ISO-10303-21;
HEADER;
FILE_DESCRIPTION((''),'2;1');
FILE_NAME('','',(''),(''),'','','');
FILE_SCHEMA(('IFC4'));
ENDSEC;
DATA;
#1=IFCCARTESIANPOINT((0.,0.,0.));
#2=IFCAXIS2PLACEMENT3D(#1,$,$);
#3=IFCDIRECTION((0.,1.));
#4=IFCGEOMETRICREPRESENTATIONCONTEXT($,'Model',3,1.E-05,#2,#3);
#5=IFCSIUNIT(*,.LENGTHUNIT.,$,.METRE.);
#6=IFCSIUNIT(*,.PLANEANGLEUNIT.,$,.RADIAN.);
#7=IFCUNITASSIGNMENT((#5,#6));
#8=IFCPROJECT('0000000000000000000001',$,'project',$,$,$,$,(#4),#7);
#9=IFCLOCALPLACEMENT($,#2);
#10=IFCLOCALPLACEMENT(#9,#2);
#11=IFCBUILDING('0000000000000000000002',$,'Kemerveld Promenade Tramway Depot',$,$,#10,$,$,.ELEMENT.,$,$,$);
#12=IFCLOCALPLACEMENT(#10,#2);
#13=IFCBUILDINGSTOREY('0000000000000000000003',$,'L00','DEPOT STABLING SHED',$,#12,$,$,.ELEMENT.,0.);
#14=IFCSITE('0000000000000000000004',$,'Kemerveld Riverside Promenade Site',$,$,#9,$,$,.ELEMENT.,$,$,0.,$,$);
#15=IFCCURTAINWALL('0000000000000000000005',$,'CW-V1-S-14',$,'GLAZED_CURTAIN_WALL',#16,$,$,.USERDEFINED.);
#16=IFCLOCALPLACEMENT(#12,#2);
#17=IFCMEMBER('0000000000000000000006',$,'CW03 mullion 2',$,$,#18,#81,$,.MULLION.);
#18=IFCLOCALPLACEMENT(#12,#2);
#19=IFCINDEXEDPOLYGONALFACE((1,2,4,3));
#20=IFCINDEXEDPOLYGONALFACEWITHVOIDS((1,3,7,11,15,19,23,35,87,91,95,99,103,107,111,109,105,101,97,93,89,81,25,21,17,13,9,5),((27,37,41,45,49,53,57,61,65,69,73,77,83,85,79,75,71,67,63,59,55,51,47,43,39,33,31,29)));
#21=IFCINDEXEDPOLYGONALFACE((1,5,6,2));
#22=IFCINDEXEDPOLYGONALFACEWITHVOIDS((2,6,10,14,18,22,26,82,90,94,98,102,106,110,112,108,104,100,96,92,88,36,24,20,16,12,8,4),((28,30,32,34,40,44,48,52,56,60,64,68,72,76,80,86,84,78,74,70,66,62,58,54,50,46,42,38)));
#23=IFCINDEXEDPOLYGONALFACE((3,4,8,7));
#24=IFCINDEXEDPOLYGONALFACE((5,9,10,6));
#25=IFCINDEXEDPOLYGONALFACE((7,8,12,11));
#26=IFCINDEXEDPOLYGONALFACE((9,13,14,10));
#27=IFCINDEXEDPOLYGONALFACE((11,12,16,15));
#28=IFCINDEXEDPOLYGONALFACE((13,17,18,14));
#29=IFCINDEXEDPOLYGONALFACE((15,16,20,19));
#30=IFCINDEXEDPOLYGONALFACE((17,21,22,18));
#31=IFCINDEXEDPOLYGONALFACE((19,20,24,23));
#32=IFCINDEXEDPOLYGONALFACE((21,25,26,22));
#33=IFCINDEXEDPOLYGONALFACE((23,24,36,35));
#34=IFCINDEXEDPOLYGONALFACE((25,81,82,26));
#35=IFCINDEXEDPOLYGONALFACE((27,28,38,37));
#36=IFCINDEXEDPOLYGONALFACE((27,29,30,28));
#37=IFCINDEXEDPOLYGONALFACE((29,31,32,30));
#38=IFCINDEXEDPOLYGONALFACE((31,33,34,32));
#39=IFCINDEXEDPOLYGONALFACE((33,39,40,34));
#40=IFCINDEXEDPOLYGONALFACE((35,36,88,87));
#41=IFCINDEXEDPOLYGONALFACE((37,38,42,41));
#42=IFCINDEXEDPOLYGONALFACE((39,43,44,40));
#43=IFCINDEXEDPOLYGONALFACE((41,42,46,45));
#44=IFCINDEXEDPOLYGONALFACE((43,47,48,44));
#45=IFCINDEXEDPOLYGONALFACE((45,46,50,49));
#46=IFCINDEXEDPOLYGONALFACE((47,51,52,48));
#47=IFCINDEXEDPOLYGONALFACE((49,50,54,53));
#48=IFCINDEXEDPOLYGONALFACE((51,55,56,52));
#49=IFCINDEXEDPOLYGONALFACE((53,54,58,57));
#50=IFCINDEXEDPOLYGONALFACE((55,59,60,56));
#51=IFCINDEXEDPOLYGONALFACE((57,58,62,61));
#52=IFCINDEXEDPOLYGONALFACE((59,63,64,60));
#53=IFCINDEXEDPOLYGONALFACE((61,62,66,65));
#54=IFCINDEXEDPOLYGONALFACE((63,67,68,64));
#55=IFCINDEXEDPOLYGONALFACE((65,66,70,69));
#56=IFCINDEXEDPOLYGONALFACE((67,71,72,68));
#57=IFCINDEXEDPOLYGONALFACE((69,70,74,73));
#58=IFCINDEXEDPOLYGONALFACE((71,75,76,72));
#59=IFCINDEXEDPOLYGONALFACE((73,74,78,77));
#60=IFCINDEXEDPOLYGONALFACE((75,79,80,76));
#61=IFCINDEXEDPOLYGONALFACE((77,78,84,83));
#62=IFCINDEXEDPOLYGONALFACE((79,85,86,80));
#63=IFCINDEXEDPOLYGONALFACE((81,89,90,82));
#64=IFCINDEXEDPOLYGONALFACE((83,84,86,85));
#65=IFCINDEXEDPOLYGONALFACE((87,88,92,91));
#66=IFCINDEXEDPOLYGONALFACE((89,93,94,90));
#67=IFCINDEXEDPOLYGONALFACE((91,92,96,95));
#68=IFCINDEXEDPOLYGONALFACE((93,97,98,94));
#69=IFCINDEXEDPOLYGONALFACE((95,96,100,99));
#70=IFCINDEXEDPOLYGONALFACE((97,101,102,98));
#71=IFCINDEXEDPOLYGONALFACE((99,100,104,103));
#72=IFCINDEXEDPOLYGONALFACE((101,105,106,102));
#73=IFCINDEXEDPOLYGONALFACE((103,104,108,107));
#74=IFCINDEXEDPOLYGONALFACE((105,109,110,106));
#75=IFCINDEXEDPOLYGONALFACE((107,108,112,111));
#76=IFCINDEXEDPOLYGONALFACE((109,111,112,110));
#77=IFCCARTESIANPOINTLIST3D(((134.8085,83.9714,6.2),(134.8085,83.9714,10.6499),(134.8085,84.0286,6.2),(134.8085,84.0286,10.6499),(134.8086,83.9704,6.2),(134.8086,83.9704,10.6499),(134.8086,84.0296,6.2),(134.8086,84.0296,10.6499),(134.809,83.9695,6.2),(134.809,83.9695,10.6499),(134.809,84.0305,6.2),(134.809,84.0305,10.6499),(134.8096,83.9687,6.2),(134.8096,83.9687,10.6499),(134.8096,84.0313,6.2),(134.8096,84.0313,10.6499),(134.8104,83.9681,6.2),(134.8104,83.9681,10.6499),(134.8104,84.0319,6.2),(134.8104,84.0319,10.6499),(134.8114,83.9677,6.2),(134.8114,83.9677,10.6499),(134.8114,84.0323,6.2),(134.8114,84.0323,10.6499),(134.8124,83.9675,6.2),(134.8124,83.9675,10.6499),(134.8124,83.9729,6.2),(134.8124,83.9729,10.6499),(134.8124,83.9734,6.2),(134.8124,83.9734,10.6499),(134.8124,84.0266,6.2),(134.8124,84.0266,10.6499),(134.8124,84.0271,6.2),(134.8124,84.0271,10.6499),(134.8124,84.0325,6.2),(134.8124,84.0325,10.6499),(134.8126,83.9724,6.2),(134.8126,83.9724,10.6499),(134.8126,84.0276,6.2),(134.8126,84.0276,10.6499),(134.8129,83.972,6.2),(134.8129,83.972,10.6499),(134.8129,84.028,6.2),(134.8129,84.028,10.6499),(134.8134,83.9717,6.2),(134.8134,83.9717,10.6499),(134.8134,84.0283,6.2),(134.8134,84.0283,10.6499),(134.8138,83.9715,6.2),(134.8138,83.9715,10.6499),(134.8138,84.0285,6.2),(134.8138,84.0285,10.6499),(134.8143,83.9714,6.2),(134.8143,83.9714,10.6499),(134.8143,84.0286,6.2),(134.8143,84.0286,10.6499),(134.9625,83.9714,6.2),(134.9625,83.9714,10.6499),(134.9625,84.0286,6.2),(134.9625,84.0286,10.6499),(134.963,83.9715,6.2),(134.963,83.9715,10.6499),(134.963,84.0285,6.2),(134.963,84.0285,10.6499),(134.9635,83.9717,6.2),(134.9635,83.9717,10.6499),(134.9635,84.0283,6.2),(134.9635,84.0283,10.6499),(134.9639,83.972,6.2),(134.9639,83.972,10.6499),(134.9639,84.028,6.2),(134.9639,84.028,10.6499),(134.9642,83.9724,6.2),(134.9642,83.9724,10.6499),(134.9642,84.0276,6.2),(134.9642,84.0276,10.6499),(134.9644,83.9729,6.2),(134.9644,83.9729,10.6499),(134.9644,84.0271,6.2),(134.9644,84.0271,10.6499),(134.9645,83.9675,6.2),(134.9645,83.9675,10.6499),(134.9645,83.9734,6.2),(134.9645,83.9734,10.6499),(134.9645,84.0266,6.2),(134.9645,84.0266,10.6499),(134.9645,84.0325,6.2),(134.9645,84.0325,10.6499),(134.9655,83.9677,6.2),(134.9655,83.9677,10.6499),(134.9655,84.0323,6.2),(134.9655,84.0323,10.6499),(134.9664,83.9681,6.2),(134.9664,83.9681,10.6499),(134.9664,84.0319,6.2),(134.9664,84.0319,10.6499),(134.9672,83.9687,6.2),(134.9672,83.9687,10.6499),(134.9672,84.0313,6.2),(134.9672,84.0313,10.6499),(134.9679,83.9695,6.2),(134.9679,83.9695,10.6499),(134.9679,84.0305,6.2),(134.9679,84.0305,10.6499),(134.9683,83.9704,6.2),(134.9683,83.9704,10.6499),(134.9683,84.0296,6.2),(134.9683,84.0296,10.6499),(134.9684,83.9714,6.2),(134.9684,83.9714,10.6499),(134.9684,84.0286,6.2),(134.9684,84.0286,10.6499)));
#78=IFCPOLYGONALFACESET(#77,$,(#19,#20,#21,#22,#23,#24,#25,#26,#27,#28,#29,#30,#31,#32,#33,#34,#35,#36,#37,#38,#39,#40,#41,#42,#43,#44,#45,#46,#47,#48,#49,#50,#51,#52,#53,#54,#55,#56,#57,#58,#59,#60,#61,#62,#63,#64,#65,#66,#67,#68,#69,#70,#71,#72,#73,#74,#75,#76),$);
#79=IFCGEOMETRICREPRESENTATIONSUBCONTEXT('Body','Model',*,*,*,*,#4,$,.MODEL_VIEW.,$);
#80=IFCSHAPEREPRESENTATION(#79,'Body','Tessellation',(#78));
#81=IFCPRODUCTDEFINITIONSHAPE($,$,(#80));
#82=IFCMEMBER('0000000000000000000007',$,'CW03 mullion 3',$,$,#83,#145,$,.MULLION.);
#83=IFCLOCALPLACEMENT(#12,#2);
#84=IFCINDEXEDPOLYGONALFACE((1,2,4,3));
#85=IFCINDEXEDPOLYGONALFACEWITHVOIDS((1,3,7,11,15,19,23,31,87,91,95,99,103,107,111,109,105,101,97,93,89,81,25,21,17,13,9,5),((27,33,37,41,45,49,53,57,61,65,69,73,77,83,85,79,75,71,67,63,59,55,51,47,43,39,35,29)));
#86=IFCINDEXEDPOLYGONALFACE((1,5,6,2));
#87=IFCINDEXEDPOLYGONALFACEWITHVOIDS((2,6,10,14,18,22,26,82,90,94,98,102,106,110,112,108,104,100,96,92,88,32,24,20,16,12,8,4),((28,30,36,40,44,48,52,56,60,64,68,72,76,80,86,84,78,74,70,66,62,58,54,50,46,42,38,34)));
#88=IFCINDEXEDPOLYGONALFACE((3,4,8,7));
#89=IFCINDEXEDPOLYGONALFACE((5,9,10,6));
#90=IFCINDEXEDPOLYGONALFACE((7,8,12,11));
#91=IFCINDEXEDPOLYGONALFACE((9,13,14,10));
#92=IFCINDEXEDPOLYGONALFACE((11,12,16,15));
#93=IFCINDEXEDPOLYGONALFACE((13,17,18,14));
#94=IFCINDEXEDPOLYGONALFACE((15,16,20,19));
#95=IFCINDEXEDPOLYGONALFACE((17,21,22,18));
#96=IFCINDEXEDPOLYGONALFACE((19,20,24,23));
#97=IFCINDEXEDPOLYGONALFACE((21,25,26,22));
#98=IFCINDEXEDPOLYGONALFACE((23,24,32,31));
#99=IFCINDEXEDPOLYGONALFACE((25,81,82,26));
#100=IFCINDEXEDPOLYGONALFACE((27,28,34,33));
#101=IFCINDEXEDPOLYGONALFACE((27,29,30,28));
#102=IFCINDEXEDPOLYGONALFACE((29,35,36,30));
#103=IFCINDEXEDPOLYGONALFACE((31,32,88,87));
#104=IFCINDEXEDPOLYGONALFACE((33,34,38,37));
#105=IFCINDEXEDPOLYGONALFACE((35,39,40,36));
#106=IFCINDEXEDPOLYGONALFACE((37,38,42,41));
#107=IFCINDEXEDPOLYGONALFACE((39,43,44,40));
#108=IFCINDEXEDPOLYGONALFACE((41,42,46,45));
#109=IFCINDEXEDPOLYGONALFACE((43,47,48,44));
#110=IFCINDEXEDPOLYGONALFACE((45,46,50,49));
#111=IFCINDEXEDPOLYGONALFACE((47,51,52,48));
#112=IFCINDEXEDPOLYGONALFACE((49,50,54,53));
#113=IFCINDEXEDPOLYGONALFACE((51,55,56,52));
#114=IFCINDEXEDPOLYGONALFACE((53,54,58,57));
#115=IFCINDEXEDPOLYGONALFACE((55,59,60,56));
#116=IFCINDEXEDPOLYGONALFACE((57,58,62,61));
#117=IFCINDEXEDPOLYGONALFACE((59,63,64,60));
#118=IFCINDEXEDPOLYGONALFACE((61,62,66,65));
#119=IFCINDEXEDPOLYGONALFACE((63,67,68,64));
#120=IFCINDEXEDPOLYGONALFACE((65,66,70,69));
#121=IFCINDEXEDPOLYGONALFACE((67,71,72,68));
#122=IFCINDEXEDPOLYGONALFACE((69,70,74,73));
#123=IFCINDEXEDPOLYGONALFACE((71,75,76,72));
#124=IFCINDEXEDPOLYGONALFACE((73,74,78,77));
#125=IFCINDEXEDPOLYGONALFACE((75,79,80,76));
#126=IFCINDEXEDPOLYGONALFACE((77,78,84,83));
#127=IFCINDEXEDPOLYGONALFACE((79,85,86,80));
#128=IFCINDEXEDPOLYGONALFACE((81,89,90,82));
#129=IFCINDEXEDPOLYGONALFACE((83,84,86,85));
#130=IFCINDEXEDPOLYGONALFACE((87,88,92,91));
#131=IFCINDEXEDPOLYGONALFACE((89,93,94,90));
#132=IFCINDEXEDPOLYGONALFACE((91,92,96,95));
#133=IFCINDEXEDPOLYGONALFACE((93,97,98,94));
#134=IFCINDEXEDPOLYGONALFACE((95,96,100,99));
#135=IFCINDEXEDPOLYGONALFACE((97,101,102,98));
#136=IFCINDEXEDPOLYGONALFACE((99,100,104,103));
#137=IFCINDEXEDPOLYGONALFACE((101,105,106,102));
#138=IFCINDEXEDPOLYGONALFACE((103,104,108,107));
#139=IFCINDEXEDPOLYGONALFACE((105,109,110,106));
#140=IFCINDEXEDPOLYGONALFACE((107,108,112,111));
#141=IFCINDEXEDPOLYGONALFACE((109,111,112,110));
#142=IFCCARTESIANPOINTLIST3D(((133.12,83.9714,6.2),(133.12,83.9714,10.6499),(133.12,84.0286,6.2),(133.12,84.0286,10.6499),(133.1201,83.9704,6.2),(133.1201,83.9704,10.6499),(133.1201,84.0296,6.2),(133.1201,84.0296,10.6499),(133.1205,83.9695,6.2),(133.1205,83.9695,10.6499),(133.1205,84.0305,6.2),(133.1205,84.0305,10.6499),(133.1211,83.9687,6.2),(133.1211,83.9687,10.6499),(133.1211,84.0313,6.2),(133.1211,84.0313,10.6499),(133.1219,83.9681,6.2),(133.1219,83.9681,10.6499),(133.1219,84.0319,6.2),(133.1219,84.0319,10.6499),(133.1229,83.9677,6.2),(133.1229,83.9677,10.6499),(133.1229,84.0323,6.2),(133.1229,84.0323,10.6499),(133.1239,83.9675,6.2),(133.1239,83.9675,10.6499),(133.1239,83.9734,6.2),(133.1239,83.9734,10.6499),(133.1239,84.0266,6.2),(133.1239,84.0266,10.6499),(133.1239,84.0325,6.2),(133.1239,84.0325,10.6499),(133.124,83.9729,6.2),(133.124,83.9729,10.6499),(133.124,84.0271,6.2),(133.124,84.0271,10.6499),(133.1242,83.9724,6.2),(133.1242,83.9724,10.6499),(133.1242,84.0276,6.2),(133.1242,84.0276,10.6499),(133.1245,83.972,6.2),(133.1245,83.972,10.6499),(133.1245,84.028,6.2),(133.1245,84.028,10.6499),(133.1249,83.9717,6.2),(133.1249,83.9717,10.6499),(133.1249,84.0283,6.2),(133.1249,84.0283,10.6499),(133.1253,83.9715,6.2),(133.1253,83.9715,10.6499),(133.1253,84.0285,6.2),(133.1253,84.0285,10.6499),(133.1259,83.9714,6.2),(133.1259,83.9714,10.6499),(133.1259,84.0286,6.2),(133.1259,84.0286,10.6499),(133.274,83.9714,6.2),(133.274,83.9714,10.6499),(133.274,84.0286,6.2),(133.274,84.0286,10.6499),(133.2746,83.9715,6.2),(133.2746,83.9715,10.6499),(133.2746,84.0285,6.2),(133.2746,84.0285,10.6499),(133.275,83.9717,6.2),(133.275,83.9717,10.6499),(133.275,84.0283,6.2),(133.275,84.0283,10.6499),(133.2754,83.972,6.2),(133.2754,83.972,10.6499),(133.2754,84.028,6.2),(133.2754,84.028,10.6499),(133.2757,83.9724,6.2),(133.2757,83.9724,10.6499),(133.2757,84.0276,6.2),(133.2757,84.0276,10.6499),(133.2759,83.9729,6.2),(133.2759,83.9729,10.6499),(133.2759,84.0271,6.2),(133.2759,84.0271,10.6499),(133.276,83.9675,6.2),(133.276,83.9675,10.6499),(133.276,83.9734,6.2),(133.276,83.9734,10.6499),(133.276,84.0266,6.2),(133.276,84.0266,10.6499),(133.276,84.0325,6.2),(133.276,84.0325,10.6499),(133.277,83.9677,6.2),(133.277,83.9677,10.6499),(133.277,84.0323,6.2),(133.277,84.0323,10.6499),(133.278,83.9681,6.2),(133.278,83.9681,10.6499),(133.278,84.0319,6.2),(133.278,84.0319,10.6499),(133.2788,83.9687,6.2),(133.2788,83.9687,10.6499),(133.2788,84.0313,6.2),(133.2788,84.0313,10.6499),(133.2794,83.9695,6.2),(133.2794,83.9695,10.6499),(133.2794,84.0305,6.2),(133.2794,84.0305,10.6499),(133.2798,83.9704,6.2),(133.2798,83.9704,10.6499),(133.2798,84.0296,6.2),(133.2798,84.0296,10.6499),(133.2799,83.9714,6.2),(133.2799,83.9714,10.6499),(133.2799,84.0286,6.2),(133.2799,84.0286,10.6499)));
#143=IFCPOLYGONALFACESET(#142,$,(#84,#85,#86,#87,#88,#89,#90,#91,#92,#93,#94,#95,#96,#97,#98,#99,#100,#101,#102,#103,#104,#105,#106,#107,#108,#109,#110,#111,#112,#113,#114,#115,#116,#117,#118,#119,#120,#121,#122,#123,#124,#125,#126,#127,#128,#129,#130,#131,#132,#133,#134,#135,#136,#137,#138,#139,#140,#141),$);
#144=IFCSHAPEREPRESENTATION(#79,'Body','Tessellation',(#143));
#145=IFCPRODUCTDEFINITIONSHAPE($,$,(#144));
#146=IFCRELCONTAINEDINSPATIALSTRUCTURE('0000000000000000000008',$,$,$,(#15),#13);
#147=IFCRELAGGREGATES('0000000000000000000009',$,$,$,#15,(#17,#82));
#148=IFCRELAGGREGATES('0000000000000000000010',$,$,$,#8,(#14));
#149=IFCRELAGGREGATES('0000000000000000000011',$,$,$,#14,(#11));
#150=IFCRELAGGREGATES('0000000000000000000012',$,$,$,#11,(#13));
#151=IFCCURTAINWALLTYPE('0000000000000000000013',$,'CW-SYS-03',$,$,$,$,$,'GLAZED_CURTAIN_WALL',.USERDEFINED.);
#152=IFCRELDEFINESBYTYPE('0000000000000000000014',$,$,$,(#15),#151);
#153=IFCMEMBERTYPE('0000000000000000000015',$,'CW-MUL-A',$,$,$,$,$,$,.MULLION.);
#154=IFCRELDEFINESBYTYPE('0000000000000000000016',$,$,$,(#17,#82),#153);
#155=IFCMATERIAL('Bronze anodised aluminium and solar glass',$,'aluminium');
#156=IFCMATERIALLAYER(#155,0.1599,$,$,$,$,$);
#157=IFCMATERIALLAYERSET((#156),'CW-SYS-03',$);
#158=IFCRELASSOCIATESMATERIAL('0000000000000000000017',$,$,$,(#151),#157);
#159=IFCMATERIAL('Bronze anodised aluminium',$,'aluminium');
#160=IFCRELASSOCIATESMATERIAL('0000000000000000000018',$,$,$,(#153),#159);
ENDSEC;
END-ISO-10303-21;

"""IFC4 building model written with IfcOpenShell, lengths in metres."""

from ifc_helpers import new_model, si_unit, direction, frame, origin, origin_2d, place, context, subcontext, project, spatial, hollow_rectangle, extrude, material, layer, layer_set, material_profile, profile_set, type_object, element, aggregate, save


model = new_model("IFC4")

# Units and contexts
model_context = context("Model", 3, precision=1e-05, world=origin(), true_north=direction((0.0, 1.0)))
body_context = subcontext(model_context, "Body", "Model", "MODEL_VIEW")
ifc_project = project(units=[si_unit("LENGTHUNIT", "METRE"), si_unit("PLANEANGLEUNIT", "RADIAN")], contexts=[model_context])

# Site, building, storey
site_placement = place(None, origin())
site = spatial("IfcSite", under=ifc_project, at=site_placement, Name="Kemerveld Riverside Promenade Site", CompositionType="ELEMENT", RefElevation=0.0)
building_placement = place(site_placement, origin())
building = spatial("IfcBuilding", under=site, at=building_placement, Name="Kemerveld Promenade Tramway Depot", CompositionType="ELEMENT")
storey_placement = place(building_placement, origin())
storey = spatial("IfcBuildingStorey", under=building, at=storey_placement, Name="L00", Description="DEPOT STABLING SHED", CompositionType="ELEMENT", Elevation=0.0)

# Curtain wall, members
ifc_material_1 = material(Name="Bronze anodised aluminium and solar glass", Category="aluminium")
ifc_layer_1 = layer(ifc_material_1, 0.1599)
ifc_layer_set_1 = layer_set([ifc_layer_1], Name="CW-SYS-03")
curtain_wall_type_1 = type_object("IfcCurtainWallType", Name="CW-SYS-03", ElementType="GLAZED_CURTAIN_WALL", PredefinedType="USERDEFINED", material=ifc_layer_set_1)
curtain_wall_1_placement = place(storey_placement, origin())
curtain_wall_1 = element("IfcCurtainWall", 1, at=curtain_wall_1_placement, inside=storey, type_object=curtain_wall_type_1, Name="CW-V1-S-14", ObjectType="GLAZED_CURTAIN_WALL", PredefinedType="USERDEFINED")
ifc_material_2 = material(Name="Bronze anodised aluminium", Category="aluminium")
ifc_material_profile_1 = material_profile(ifc_material_2, hollow_rectangle(XDim=0.0649, YDim=0.1599, WallThickness=0.0039, InnerFilletRadius=0.002, OuterFilletRadius=0.0039, at=origin_2d()), Name="CW-MUL-160x65")
ifc_profile_set_1 = profile_set([ifc_material_profile_1], Name="Bronze anodised aluminium")
member_type_1 = type_object("IfcMemberType", Name="CW-MUL-A", PredefinedType="MULLION", material=ifc_profile_set_1)
member_1_placement = place(storey_placement, frame((134.8884, 84.0, 6.2), z_axis=(0.0, 0.0, 1.0), x_axis=(0.0, -1.0, 0.0)))
member_1 = element("IfcMember", 2, at=member_1_placement, type_object=member_type_1, Name="CW03 mullion 2", PredefinedType="MULLION", context=body_context, shape_type="SweptSolid", body=[
    extrude(hollow_rectangle(XDim=0.0649, YDim=0.1599, WallThickness=0.0039, InnerFilletRadius=0.002, OuterFilletRadius=0.0039, at=origin_2d()), origin(), (0.0, 0.0, 1.0), 4.45),
])
member_2_placement = place(storey_placement, frame((133.2, 84.0, 6.2), z_axis=(0.0, 0.0, 1.0), x_axis=(0.0, -1.0, 0.0)))
member_2 = element("IfcMember", 3, at=member_2_placement, type_object=member_type_1, Name="CW03 mullion 3", PredefinedType="MULLION", context=body_context, shape_type="SweptSolid", body=[
    extrude(hollow_rectangle(XDim=0.0649, YDim=0.1599, WallThickness=0.0039, InnerFilletRadius=0.002, OuterFilletRadius=0.0039, at=origin_2d()), origin(), (0.0, 0.0, 1.0), 4.45),
])

aggregate(curtain_wall_1, [member_1, member_2])

save(model, "model.ifc")
